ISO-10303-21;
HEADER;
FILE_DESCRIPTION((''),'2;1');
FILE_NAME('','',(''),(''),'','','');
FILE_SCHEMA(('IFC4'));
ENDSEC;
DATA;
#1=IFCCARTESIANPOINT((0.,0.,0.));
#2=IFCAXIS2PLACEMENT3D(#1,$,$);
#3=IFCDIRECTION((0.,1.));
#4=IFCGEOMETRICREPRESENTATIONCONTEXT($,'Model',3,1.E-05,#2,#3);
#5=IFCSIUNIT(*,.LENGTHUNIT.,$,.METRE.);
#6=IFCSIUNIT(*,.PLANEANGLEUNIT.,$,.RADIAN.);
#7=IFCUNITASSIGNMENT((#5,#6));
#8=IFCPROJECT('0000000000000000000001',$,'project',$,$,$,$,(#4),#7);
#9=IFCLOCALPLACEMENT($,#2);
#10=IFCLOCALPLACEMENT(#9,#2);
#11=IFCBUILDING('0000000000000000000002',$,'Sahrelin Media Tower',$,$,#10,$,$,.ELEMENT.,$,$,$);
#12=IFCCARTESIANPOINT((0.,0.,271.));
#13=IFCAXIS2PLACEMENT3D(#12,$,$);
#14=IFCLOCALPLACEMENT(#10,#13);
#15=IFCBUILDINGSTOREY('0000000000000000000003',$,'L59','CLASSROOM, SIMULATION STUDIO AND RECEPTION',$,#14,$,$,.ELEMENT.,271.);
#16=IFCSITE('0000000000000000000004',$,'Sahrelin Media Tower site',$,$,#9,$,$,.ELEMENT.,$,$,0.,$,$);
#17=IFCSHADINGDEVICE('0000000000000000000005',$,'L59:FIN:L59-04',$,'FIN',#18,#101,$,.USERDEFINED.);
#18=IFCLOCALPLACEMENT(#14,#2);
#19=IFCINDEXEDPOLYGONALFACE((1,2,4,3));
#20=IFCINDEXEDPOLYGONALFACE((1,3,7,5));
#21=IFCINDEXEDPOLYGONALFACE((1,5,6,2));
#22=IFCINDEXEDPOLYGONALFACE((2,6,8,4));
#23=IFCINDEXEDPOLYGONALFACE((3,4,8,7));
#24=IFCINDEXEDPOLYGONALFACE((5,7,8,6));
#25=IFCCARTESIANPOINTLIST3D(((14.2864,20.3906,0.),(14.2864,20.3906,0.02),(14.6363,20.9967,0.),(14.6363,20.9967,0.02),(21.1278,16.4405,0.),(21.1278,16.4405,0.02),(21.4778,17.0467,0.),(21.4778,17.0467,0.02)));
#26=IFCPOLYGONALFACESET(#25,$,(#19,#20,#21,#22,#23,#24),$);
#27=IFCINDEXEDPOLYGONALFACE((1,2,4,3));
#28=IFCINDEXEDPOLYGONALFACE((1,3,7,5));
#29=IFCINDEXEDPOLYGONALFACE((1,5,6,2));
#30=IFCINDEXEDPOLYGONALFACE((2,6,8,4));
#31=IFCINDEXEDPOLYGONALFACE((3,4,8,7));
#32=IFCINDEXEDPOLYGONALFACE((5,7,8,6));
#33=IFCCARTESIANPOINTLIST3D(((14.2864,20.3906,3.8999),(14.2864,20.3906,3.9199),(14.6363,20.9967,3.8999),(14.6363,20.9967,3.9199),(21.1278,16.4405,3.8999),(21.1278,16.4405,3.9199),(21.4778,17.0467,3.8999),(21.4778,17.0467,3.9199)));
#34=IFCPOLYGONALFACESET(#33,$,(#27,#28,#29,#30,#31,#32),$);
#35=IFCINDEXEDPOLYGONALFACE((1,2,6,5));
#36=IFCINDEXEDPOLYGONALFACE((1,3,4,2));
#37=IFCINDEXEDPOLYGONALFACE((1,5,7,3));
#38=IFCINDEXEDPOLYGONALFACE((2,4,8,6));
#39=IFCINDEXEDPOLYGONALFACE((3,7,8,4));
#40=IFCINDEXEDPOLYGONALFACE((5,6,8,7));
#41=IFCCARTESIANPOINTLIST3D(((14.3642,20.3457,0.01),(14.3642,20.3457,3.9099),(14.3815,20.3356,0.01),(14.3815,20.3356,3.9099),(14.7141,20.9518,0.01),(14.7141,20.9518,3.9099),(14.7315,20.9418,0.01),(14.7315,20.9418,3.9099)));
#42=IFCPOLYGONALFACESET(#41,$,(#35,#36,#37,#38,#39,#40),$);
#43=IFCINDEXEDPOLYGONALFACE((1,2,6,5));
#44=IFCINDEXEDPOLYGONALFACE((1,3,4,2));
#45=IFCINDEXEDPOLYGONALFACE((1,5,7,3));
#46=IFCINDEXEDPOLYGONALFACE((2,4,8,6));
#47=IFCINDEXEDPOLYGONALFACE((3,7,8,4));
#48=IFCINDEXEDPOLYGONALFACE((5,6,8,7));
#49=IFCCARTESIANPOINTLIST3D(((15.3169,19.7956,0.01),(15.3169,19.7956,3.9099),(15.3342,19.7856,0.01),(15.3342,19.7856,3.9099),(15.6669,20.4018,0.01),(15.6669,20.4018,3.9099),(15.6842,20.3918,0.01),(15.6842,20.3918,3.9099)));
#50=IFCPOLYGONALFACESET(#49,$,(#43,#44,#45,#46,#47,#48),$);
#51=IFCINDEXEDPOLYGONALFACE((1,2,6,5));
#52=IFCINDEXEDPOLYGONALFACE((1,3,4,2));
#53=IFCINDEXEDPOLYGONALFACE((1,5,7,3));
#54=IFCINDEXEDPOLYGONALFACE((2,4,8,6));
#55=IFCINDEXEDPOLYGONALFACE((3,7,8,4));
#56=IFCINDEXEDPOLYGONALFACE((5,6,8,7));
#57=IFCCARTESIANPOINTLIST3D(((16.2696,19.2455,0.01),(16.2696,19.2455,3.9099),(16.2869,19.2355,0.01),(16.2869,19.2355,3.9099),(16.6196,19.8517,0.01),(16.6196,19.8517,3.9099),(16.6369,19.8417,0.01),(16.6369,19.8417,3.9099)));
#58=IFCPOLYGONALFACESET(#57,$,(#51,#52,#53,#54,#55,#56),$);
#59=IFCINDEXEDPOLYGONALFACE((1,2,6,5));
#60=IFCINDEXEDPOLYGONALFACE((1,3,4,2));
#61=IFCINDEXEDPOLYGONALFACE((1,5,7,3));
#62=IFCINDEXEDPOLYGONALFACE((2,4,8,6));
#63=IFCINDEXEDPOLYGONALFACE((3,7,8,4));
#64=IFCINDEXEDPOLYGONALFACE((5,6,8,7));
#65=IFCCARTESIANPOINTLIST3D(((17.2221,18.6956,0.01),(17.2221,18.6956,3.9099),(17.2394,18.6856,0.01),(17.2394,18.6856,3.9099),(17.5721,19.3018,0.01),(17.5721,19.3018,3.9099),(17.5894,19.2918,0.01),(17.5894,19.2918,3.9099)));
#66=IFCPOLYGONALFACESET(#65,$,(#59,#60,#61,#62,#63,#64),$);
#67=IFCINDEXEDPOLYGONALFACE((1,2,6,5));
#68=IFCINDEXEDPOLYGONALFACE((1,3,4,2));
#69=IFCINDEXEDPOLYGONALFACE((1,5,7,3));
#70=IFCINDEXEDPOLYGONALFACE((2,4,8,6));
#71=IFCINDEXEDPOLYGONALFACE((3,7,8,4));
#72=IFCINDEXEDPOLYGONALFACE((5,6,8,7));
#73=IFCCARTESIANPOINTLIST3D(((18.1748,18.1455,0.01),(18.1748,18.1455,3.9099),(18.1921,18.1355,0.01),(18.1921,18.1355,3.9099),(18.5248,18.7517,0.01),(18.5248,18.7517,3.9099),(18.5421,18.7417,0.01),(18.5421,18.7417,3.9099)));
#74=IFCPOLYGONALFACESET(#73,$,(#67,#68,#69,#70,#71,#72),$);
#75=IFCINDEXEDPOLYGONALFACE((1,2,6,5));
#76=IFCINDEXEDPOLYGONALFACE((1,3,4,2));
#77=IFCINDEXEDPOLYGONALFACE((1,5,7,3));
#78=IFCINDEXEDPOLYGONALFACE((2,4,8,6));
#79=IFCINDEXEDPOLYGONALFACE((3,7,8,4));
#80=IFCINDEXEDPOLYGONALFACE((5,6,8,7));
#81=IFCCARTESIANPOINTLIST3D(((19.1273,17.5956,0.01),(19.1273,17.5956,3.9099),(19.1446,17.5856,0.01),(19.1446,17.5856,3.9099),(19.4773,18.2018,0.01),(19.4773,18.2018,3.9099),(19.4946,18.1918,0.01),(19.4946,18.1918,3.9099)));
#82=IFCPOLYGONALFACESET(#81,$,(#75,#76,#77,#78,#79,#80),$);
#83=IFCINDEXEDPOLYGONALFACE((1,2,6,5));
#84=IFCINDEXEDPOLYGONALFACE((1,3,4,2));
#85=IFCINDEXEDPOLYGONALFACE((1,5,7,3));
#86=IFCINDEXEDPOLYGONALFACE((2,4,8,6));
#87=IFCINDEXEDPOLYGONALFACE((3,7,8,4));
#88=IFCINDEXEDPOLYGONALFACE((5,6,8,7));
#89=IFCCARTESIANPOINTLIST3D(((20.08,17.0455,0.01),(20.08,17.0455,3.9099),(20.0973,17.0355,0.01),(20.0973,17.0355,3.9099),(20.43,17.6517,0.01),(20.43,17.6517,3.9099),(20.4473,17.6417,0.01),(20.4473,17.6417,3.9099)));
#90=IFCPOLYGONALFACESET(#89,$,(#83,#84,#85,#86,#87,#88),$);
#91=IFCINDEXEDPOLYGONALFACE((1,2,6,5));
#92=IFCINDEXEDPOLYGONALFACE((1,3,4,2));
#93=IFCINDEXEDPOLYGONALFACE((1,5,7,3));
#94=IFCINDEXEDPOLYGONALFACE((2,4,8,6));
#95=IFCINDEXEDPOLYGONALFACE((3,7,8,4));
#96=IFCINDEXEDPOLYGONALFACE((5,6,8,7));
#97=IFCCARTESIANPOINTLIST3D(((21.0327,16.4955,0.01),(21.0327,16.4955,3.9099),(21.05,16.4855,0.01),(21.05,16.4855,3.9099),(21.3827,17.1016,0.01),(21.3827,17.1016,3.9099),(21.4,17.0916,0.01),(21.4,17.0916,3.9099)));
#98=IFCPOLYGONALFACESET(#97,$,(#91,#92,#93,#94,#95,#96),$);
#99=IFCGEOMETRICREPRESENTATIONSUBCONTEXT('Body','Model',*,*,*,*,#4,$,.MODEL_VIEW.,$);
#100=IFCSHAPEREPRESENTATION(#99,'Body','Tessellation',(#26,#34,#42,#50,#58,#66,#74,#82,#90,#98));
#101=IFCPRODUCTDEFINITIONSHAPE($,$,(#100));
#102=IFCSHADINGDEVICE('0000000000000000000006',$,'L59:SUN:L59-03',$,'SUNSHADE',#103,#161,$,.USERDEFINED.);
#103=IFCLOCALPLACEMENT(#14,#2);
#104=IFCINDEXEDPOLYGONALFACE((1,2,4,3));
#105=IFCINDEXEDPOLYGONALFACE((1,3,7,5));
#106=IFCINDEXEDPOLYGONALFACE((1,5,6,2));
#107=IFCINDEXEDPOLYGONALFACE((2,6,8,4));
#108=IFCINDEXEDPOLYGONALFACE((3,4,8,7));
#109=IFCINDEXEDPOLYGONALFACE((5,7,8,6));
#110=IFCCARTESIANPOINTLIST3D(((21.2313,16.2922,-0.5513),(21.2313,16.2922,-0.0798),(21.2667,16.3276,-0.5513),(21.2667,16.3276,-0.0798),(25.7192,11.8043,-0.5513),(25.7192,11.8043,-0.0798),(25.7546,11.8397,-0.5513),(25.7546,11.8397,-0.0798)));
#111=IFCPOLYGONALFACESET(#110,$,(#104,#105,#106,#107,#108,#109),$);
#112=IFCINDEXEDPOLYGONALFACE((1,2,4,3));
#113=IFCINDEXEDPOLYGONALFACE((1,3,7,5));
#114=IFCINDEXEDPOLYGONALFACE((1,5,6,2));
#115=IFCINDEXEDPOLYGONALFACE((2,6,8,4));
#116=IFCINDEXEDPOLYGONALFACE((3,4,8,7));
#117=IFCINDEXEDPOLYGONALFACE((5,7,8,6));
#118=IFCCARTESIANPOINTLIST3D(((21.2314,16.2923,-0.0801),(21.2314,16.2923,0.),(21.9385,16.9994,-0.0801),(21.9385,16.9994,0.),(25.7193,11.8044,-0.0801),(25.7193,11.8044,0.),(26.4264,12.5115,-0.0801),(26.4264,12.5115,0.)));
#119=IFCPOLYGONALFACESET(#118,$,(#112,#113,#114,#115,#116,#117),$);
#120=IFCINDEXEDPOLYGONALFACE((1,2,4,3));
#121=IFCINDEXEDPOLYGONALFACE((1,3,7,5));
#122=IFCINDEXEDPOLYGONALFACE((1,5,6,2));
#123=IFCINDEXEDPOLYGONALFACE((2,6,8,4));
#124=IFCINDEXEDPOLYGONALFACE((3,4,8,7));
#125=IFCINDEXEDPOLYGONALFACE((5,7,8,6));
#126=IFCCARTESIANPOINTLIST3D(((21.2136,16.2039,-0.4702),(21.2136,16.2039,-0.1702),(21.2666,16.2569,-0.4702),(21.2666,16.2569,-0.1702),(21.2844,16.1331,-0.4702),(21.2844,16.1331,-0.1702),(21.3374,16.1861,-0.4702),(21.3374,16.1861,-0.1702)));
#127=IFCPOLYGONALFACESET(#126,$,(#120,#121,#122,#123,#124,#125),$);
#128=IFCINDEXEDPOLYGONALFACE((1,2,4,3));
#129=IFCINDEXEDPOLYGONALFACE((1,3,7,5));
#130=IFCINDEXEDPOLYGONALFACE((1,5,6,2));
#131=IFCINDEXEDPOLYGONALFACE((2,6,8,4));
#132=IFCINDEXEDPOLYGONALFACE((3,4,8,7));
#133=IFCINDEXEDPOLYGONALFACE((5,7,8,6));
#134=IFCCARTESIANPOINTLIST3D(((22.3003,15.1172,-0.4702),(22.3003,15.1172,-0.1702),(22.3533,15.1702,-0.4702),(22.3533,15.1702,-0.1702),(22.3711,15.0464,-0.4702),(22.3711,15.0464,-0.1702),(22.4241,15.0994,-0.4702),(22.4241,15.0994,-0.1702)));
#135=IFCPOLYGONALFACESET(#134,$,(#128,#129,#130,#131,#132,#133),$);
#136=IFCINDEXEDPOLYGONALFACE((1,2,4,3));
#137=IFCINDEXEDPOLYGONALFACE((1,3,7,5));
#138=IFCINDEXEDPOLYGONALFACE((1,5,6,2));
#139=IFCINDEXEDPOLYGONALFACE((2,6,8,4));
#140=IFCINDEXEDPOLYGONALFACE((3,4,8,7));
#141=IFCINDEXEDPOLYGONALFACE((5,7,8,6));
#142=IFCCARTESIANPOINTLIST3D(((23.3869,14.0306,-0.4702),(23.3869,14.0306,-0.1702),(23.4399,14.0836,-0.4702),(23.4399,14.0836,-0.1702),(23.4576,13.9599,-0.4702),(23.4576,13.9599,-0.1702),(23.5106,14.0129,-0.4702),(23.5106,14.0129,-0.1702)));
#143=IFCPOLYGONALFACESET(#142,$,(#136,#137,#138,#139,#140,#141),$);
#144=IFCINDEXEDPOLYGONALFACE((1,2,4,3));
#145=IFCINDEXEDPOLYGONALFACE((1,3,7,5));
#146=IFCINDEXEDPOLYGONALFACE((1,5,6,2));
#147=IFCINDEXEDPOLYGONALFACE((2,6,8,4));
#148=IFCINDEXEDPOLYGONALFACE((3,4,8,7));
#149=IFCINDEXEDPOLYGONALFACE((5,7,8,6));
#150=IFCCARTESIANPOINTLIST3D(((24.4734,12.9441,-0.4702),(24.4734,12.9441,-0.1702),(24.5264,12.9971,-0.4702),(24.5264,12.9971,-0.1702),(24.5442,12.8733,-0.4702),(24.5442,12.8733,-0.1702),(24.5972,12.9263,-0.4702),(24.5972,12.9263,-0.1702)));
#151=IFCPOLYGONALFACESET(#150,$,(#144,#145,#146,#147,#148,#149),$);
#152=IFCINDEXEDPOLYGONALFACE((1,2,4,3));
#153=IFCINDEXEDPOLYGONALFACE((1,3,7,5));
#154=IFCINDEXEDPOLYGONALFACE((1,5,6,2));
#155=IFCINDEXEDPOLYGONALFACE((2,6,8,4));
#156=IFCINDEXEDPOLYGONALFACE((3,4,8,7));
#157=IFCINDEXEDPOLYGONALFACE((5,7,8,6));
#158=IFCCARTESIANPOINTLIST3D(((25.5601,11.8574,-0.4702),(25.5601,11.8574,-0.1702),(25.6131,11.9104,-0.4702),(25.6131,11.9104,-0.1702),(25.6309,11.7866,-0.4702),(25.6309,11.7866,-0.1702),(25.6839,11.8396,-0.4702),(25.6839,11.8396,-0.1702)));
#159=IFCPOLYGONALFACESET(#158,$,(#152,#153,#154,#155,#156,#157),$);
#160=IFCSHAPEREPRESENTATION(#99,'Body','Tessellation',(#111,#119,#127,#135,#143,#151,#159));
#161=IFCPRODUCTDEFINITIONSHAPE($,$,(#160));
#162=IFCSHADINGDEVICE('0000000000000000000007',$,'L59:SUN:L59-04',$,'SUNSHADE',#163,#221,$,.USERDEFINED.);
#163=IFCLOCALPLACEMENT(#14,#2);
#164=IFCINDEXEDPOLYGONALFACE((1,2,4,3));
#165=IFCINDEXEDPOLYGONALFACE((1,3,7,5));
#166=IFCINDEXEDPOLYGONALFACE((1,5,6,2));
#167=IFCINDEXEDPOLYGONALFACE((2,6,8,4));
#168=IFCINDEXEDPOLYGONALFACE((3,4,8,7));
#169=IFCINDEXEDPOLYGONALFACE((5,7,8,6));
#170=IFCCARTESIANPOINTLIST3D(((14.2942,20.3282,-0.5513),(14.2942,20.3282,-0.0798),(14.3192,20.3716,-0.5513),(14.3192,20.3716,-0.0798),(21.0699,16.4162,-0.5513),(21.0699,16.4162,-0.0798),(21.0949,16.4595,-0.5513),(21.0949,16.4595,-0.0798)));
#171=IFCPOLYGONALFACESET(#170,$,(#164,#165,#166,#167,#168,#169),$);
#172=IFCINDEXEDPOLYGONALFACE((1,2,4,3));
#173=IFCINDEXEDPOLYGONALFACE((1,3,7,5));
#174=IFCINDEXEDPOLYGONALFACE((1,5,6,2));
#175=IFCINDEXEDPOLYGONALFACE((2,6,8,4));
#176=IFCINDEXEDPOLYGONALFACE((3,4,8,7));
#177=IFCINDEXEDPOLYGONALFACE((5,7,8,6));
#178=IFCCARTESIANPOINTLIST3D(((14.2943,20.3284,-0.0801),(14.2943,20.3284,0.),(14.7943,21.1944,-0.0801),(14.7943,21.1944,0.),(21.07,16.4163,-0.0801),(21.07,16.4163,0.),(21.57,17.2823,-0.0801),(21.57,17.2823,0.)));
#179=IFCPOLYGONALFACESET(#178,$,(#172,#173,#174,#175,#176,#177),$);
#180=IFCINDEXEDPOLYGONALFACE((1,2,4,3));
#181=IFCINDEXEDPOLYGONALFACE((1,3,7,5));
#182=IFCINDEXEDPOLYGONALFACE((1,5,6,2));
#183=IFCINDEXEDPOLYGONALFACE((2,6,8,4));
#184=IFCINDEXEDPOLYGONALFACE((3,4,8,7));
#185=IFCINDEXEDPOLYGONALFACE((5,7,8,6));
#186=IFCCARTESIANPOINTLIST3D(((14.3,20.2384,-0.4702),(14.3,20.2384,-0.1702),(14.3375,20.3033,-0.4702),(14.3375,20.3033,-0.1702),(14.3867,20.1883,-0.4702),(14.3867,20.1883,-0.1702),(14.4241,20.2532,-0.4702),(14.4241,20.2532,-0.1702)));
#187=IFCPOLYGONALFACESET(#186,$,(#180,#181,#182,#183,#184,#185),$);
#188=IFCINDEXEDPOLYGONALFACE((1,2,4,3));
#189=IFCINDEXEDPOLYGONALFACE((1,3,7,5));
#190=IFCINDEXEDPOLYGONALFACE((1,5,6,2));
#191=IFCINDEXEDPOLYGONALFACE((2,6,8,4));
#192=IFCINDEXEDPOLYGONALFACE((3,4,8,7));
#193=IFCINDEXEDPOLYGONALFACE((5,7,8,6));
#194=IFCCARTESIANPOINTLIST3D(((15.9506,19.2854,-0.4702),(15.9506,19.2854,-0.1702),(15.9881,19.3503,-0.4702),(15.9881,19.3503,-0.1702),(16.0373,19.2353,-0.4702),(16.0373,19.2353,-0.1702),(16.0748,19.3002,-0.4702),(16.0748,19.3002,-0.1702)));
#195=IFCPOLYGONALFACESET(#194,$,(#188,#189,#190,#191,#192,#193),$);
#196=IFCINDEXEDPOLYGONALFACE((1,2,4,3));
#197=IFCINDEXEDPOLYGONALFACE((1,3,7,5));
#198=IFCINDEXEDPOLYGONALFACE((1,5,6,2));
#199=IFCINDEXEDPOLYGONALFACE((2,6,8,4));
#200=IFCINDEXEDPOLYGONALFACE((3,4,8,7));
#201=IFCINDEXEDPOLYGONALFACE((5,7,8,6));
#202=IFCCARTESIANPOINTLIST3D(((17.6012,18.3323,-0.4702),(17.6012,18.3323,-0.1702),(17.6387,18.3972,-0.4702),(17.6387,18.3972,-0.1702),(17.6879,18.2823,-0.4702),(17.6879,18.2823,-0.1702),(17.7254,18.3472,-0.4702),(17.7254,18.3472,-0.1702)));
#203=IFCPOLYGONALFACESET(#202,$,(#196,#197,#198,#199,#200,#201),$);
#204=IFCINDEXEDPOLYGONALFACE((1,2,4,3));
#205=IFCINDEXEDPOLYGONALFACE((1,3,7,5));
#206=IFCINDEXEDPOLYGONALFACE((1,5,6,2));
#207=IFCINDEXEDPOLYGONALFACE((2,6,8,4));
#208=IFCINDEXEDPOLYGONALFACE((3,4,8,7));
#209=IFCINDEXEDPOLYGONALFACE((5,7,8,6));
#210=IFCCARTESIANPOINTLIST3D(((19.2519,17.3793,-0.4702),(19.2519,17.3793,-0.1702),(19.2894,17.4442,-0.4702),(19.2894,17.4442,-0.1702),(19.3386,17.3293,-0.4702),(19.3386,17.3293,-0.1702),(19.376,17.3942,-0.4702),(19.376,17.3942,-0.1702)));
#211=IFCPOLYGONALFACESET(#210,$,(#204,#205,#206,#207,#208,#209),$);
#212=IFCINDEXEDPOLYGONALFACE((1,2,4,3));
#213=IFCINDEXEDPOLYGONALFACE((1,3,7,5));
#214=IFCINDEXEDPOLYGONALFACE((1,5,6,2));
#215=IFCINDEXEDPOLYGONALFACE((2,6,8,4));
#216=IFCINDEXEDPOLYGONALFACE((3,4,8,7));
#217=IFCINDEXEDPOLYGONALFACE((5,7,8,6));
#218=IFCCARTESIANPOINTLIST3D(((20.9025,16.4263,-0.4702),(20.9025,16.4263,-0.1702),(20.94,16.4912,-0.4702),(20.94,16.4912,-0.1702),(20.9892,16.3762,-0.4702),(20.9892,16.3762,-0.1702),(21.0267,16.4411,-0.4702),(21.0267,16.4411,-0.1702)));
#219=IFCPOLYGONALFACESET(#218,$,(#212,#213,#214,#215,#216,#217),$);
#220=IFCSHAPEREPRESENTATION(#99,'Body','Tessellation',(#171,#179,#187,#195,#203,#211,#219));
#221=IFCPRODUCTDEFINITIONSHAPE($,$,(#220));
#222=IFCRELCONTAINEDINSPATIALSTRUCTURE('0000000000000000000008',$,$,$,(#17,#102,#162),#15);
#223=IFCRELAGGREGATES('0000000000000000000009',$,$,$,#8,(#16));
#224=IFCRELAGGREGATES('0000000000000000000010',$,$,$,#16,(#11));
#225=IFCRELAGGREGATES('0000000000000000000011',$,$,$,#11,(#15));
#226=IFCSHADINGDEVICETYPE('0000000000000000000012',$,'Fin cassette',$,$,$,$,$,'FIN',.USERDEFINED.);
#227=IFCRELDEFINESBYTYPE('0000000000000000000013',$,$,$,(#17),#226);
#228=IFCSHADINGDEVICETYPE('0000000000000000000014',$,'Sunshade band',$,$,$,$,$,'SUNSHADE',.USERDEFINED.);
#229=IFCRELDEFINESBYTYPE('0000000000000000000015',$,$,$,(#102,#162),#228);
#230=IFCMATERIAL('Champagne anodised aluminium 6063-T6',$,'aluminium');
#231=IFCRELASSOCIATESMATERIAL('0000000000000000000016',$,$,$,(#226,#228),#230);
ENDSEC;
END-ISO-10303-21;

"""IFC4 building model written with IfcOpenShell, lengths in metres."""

from ifc_helpers import new_model, si_unit, direction, frame, origin, origin_2d, place, context, subcontext, project, spatial, rectangle, extrude, material, type_object, element, save


model = new_model("IFC4")

# Units and contexts
model_context = context("Model", 3, precision=1e-05, world=origin(), true_north=direction((0.0, 1.0)))
body_context = subcontext(model_context, "Body", "Model", "MODEL_VIEW")
ifc_project = project(units=[si_unit("LENGTHUNIT", "METRE"), si_unit("PLANEANGLEUNIT", "RADIAN")], contexts=[model_context])

# Site, building, storey
site_placement = place(None, origin())
site = spatial("IfcSite", under=ifc_project, at=site_placement, Name="Sahrelin Media Tower site", CompositionType="ELEMENT", RefElevation=0.0)
building_placement = place(site_placement, origin())
building = spatial("IfcBuilding", under=site, at=building_placement, Name="Sahrelin Media Tower", CompositionType="ELEMENT")
storey_placement = place(building_placement, frame((0.0, 0.0, 271.0)))
storey = spatial("IfcBuildingStorey", under=building, at=storey_placement, Name="L59", Description="CLASSROOM, SIMULATION STUDIO AND RECEPTION", CompositionType="ELEMENT", Elevation=271.0)

# Shared definitions
ifc_material_1 = material(Name="Champagne anodised aluminium 6063-T6", Category="aluminium")

# Shading devices
shading_device_type_1 = type_object("IfcShadingDeviceType", Name="Fin cassette", ElementType="FIN", PredefinedType="USERDEFINED", material=ifc_material_1)
placement_1 = place(storey_placement, frame((23.4612, 14.0342, 0.0), z_axis=(0.0, 0.0, 1.0), x_axis=(0.707107, -0.707107, 0.0)))
placement_2 = place(storey_placement, frame((17.6721, 18.355, 0.0), z_axis=(0.0, 0.0, 1.0), x_axis=(0.866019, -0.500011, 0.0)))
element("IfcShadingDevice", 1, at=placement_2, inside=storey, type_object=shading_device_type_1, Name="L59:FIN:L59-04", ObjectType="FIN", PredefinedType="USERDEFINED", context=body_context, shape_type="SweptSolid", body=[
    extrude(rectangle(XDim=7.8999, YDim=0.7, at=origin_2d()), frame((0.0, 0.4199, 0.0)), (0.0, 0.0, 1.0), 0.02),
    extrude(rectangle(XDim=7.8999, YDim=0.7, at=origin_2d()), frame((0.0, 0.4199, 3.8999)), (0.0, 0.0, 1.0), 0.02),
    extrude(rectangle(XDim=0.02, YDim=0.7, at=origin_2d()), frame((-3.8501, 0.4199, 0.01), z_axis=(0.0, 0.0, 1.0), x_axis=(1.0, 0.0, 0.0)), (0.0, 0.0, 1.0), 3.8999),
    extrude(rectangle(XDim=0.02, YDim=0.7, at=origin_2d()), frame((-2.75, 0.4199, 0.01), z_axis=(0.0, 0.0, 1.0), x_axis=(1.0, 0.0, 0.0)), (0.0, 0.0, 1.0), 3.8999),
    extrude(rectangle(XDim=0.02, YDim=0.7, at=origin_2d()), frame((-1.6499, 0.4199, 0.01), z_axis=(0.0, 0.0, 1.0), x_axis=(1.0, 0.0, 0.0)), (0.0, 0.0, 1.0), 3.8999),
    extrude(rectangle(XDim=0.02, YDim=0.7, at=origin_2d()), frame((-0.55, 0.4199, 0.01), z_axis=(0.0, 0.0, 1.0), x_axis=(1.0, 0.0, 0.0)), (0.0, 0.0, 1.0), 3.8999),
    extrude(rectangle(XDim=0.02, YDim=0.7, at=origin_2d()), frame((0.55, 0.4199, 0.01), z_axis=(0.0, 0.0, 1.0), x_axis=(1.0, 0.0, 0.0)), (0.0, 0.0, 1.0), 3.8999),
    extrude(rectangle(XDim=0.02, YDim=0.7, at=origin_2d()), frame((1.6499, 0.4199, 0.01), z_axis=(0.0, 0.0, 1.0), x_axis=(1.0, 0.0, 0.0)), (0.0, 0.0, 1.0), 3.8999),
    extrude(rectangle(XDim=0.02, YDim=0.7, at=origin_2d()), frame((2.75, 0.4199, 0.01), z_axis=(0.0, 0.0, 1.0), x_axis=(1.0, 0.0, 0.0)), (0.0, 0.0, 1.0), 3.8999),
    extrude(rectangle(XDim=0.02, YDim=0.7, at=origin_2d()), frame((3.8501, 0.4199, 0.01), z_axis=(0.0, 0.0, 1.0), x_axis=(1.0, 0.0, 0.0)), (0.0, 0.0, 1.0), 3.8999),
])
shading_device_type_2 = type_object("IfcShadingDeviceType", Name="Sunshade band", ElementType="SUNSHADE", PredefinedType="USERDEFINED", material=ifc_material_1)
element("IfcShadingDevice", 2, at=placement_1, inside=storey, type_object=shading_device_type_2, Name="L59:SUN:L59-03", ObjectType="SUNSHADE", PredefinedType="USERDEFINED", context=body_context, shape_type="SweptSolid", body=[
    extrude(rectangle(XDim=6.3469, YDim=0.05, at=origin_2d()), frame((0.0, 0.0449, -0.5513)), (0.0, 0.0, 1.0), 0.4714),
    extrude(rectangle(XDim=6.3469, YDim=1.0, at=origin_2d()), frame((0.0, 0.52, -0.0801)), (0.0, 0.0, 1.0), 0.0801),
    extrude(rectangle(XDim=0.1001, YDim=0.075, at=origin_2d()), frame((-3.0735, -0.0176, -0.4702)), (0.0, 0.0, 1.0), 0.3),
    extrude(rectangle(XDim=0.1001, YDim=0.075, at=origin_2d()), frame((-1.5366, -0.0176, -0.4702)), (0.0, 0.0, 1.0), 0.3),
    extrude(rectangle(XDim=0.1001, YDim=0.075, at=origin_2d()), frame((0.0, -0.0176, -0.4702)), (0.0, 0.0, 1.0), 0.3),
    extrude(rectangle(XDim=0.1001, YDim=0.075, at=origin_2d()), frame((1.5366, -0.0176, -0.4702)), (0.0, 0.0, 1.0), 0.3),
    extrude(rectangle(XDim=0.1001, YDim=0.075, at=origin_2d()), frame((3.0735, -0.0176, -0.4702)), (0.0, 0.0, 1.0), 0.3),
])
element("IfcShadingDevice", 3, at=placement_2, inside=storey, type_object=shading_device_type_2, Name="L59:SUN:L59-04", ObjectType="SUNSHADE", PredefinedType="USERDEFINED", context=body_context, shape_type="SweptSolid", body=[
    extrude(rectangle(XDim=7.824, YDim=0.05, at=origin_2d()), frame((0.0, 0.0449, -0.5513)), (0.0, 0.0, 1.0), 0.4714),
    extrude(rectangle(XDim=7.824, YDim=1.0, at=origin_2d()), frame((0.0, 0.52, -0.0801)), (0.0, 0.0, 1.0), 0.0801),
    extrude(rectangle(XDim=0.1001, YDim=0.075, at=origin_2d()), frame((-3.812, -0.0176, -0.4702)), (0.0, 0.0, 1.0), 0.3),
    extrude(rectangle(XDim=0.1001, YDim=0.075, at=origin_2d()), frame((-1.906, -0.0176, -0.4702)), (0.0, 0.0, 1.0), 0.3),
    extrude(rectangle(XDim=0.1001, YDim=0.075, at=origin_2d()), frame((0.0, -0.0176, -0.4702)), (0.0, 0.0, 1.0), 0.3),
    extrude(rectangle(XDim=0.1001, YDim=0.075, at=origin_2d()), frame((1.906, -0.0176, -0.4702)), (0.0, 0.0, 1.0), 0.3),
    extrude(rectangle(XDim=0.1001, YDim=0.075, at=origin_2d()), frame((3.812, -0.0176, -0.4702)), (0.0, 0.0, 1.0), 0.3),
])

save(model, "model.ifc")
